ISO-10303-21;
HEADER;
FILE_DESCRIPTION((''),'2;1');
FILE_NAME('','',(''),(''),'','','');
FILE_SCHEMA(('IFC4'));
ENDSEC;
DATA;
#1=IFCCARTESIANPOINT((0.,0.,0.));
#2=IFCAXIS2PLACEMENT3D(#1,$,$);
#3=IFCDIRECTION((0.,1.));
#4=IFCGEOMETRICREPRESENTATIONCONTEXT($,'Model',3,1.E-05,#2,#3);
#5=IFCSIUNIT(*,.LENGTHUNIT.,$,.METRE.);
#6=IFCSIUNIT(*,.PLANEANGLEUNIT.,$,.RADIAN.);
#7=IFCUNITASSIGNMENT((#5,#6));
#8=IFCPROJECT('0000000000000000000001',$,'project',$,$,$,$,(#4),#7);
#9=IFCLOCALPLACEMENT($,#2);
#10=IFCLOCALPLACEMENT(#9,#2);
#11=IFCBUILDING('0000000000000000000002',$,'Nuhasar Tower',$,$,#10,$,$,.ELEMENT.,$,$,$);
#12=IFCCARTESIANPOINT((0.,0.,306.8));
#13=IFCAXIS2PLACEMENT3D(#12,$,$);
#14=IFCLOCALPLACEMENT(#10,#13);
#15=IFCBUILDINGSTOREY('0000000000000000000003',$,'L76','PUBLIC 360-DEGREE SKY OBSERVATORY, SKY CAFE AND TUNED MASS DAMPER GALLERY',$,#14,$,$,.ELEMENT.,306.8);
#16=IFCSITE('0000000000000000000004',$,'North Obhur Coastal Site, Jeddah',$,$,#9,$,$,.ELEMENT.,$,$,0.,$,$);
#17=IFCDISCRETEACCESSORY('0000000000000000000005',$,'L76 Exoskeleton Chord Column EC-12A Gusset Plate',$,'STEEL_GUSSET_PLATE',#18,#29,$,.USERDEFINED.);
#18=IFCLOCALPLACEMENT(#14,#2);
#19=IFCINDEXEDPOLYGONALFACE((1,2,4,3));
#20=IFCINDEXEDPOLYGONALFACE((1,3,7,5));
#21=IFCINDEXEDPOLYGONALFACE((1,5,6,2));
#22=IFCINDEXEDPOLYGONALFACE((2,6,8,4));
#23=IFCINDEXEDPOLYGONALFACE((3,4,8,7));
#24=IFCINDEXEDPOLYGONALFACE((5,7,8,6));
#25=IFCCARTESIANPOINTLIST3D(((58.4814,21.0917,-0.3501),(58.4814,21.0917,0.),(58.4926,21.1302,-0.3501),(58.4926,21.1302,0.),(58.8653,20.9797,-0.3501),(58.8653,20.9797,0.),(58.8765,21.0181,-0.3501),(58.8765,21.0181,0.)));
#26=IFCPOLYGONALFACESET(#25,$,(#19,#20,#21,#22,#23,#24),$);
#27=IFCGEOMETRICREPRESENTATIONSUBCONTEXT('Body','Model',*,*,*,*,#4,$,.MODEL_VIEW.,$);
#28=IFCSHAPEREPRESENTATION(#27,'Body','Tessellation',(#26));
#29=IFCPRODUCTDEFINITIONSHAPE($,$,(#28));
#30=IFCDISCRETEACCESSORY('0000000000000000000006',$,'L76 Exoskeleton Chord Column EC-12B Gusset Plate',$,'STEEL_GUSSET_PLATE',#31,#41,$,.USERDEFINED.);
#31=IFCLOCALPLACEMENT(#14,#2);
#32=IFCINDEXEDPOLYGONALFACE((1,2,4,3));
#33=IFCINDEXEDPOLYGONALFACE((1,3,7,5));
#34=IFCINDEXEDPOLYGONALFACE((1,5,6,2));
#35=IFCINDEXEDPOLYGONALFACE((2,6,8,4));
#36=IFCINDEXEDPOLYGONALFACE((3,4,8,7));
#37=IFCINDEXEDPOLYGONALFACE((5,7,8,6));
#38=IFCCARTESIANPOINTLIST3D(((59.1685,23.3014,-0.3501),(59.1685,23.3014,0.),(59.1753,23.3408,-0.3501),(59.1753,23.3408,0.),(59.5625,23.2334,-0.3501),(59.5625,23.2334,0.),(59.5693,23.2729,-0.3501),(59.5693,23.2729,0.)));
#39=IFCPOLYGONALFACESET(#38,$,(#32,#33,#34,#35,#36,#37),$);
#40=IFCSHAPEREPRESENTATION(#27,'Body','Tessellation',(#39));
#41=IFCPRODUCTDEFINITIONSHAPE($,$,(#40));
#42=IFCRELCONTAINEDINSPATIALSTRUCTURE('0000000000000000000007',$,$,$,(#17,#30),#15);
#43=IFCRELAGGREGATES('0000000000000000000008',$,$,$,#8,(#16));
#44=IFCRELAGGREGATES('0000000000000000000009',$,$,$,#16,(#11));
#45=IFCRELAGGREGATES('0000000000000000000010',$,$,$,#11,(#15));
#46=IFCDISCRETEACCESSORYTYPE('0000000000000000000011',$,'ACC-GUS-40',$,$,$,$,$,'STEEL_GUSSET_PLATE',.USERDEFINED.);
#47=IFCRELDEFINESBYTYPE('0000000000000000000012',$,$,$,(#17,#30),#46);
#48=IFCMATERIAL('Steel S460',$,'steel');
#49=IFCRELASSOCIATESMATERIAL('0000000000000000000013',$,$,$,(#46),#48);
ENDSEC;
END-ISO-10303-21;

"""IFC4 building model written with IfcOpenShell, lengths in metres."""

from ifc_helpers import new_model, si_unit, direction, frame, origin, origin_2d, place, context, subcontext, project, spatial, rectangle, extrude, material, type_object, element, save


model = new_model("IFC4")

# Units and contexts
model_context = context("Model", 3, precision=1e-05, world=origin(), true_north=direction((0.0, 1.0)))
body_context = subcontext(model_context, "Body", "Model", "MODEL_VIEW")
ifc_project = project(units=[si_unit("LENGTHUNIT", "METRE"), si_unit("PLANEANGLEUNIT", "RADIAN")], contexts=[model_context])

# Site, building, storey
site_placement = place(None, origin())
site = spatial("IfcSite", under=ifc_project, at=site_placement, Name="North Obhur Coastal Site, Jeddah", CompositionType="ELEMENT", RefElevation=0.0)
building_placement = place(site_placement, origin())
building = spatial("IfcBuilding", under=site, at=building_placement, Name="Nuhasar Tower", CompositionType="ELEMENT")
storey_placement = place(building_placement, frame((0.0, 0.0, 306.8)))
storey = spatial("IfcBuildingStorey", under=building, at=storey_placement, Name="L76", Description="PUBLIC 360-DEGREE SKY OBSERVATORY, SKY CAFE AND TUNED MASS DAMPER GALLERY", CompositionType="ELEMENT", Elevation=306.8)

# Shared definitions
ifc_material_1 = material(Name="Steel S460", Category="steel")

# Discrete accessories
discrete_accessory_type_1 = type_object("IfcDiscreteAccessoryType", Name="ACC-GUS-40", ElementType="STEEL_GUSSET_PLATE", PredefinedType="USERDEFINED", material=ifc_material_1)
for number, where, z_axis, x_axis, name in (
    (1, (58.679, 21.0549, -0.3501), (0.0, 0.0, 1.0), (0.959933, -0.280231, 0.0), "L76 Exoskeleton Chord Column EC-12A Gusset Plate"),
    (2, (59.3689, 23.2871, -0.3501), (0.0, 0.0, 1.0), (0.985452, -0.169952, 0.0), "L76 Exoskeleton Chord Column EC-12B Gusset Plate"),
):
    element("IfcDiscreteAccessory", number, at=place(storey_placement, frame(where, z_axis=z_axis, x_axis=x_axis)), inside=storey, type_object=discrete_accessory_type_1, Name=name, ObjectType="STEEL_GUSSET_PLATE", PredefinedType="USERDEFINED", context=body_context, shape_type="SweptSolid", body=[
        extrude(rectangle(XDim=0.3999, YDim=0.04, at=origin_2d()), origin(), (0.0, 0.0, 1.0), 0.3501),
    ])

save(model, "model.ifc")
